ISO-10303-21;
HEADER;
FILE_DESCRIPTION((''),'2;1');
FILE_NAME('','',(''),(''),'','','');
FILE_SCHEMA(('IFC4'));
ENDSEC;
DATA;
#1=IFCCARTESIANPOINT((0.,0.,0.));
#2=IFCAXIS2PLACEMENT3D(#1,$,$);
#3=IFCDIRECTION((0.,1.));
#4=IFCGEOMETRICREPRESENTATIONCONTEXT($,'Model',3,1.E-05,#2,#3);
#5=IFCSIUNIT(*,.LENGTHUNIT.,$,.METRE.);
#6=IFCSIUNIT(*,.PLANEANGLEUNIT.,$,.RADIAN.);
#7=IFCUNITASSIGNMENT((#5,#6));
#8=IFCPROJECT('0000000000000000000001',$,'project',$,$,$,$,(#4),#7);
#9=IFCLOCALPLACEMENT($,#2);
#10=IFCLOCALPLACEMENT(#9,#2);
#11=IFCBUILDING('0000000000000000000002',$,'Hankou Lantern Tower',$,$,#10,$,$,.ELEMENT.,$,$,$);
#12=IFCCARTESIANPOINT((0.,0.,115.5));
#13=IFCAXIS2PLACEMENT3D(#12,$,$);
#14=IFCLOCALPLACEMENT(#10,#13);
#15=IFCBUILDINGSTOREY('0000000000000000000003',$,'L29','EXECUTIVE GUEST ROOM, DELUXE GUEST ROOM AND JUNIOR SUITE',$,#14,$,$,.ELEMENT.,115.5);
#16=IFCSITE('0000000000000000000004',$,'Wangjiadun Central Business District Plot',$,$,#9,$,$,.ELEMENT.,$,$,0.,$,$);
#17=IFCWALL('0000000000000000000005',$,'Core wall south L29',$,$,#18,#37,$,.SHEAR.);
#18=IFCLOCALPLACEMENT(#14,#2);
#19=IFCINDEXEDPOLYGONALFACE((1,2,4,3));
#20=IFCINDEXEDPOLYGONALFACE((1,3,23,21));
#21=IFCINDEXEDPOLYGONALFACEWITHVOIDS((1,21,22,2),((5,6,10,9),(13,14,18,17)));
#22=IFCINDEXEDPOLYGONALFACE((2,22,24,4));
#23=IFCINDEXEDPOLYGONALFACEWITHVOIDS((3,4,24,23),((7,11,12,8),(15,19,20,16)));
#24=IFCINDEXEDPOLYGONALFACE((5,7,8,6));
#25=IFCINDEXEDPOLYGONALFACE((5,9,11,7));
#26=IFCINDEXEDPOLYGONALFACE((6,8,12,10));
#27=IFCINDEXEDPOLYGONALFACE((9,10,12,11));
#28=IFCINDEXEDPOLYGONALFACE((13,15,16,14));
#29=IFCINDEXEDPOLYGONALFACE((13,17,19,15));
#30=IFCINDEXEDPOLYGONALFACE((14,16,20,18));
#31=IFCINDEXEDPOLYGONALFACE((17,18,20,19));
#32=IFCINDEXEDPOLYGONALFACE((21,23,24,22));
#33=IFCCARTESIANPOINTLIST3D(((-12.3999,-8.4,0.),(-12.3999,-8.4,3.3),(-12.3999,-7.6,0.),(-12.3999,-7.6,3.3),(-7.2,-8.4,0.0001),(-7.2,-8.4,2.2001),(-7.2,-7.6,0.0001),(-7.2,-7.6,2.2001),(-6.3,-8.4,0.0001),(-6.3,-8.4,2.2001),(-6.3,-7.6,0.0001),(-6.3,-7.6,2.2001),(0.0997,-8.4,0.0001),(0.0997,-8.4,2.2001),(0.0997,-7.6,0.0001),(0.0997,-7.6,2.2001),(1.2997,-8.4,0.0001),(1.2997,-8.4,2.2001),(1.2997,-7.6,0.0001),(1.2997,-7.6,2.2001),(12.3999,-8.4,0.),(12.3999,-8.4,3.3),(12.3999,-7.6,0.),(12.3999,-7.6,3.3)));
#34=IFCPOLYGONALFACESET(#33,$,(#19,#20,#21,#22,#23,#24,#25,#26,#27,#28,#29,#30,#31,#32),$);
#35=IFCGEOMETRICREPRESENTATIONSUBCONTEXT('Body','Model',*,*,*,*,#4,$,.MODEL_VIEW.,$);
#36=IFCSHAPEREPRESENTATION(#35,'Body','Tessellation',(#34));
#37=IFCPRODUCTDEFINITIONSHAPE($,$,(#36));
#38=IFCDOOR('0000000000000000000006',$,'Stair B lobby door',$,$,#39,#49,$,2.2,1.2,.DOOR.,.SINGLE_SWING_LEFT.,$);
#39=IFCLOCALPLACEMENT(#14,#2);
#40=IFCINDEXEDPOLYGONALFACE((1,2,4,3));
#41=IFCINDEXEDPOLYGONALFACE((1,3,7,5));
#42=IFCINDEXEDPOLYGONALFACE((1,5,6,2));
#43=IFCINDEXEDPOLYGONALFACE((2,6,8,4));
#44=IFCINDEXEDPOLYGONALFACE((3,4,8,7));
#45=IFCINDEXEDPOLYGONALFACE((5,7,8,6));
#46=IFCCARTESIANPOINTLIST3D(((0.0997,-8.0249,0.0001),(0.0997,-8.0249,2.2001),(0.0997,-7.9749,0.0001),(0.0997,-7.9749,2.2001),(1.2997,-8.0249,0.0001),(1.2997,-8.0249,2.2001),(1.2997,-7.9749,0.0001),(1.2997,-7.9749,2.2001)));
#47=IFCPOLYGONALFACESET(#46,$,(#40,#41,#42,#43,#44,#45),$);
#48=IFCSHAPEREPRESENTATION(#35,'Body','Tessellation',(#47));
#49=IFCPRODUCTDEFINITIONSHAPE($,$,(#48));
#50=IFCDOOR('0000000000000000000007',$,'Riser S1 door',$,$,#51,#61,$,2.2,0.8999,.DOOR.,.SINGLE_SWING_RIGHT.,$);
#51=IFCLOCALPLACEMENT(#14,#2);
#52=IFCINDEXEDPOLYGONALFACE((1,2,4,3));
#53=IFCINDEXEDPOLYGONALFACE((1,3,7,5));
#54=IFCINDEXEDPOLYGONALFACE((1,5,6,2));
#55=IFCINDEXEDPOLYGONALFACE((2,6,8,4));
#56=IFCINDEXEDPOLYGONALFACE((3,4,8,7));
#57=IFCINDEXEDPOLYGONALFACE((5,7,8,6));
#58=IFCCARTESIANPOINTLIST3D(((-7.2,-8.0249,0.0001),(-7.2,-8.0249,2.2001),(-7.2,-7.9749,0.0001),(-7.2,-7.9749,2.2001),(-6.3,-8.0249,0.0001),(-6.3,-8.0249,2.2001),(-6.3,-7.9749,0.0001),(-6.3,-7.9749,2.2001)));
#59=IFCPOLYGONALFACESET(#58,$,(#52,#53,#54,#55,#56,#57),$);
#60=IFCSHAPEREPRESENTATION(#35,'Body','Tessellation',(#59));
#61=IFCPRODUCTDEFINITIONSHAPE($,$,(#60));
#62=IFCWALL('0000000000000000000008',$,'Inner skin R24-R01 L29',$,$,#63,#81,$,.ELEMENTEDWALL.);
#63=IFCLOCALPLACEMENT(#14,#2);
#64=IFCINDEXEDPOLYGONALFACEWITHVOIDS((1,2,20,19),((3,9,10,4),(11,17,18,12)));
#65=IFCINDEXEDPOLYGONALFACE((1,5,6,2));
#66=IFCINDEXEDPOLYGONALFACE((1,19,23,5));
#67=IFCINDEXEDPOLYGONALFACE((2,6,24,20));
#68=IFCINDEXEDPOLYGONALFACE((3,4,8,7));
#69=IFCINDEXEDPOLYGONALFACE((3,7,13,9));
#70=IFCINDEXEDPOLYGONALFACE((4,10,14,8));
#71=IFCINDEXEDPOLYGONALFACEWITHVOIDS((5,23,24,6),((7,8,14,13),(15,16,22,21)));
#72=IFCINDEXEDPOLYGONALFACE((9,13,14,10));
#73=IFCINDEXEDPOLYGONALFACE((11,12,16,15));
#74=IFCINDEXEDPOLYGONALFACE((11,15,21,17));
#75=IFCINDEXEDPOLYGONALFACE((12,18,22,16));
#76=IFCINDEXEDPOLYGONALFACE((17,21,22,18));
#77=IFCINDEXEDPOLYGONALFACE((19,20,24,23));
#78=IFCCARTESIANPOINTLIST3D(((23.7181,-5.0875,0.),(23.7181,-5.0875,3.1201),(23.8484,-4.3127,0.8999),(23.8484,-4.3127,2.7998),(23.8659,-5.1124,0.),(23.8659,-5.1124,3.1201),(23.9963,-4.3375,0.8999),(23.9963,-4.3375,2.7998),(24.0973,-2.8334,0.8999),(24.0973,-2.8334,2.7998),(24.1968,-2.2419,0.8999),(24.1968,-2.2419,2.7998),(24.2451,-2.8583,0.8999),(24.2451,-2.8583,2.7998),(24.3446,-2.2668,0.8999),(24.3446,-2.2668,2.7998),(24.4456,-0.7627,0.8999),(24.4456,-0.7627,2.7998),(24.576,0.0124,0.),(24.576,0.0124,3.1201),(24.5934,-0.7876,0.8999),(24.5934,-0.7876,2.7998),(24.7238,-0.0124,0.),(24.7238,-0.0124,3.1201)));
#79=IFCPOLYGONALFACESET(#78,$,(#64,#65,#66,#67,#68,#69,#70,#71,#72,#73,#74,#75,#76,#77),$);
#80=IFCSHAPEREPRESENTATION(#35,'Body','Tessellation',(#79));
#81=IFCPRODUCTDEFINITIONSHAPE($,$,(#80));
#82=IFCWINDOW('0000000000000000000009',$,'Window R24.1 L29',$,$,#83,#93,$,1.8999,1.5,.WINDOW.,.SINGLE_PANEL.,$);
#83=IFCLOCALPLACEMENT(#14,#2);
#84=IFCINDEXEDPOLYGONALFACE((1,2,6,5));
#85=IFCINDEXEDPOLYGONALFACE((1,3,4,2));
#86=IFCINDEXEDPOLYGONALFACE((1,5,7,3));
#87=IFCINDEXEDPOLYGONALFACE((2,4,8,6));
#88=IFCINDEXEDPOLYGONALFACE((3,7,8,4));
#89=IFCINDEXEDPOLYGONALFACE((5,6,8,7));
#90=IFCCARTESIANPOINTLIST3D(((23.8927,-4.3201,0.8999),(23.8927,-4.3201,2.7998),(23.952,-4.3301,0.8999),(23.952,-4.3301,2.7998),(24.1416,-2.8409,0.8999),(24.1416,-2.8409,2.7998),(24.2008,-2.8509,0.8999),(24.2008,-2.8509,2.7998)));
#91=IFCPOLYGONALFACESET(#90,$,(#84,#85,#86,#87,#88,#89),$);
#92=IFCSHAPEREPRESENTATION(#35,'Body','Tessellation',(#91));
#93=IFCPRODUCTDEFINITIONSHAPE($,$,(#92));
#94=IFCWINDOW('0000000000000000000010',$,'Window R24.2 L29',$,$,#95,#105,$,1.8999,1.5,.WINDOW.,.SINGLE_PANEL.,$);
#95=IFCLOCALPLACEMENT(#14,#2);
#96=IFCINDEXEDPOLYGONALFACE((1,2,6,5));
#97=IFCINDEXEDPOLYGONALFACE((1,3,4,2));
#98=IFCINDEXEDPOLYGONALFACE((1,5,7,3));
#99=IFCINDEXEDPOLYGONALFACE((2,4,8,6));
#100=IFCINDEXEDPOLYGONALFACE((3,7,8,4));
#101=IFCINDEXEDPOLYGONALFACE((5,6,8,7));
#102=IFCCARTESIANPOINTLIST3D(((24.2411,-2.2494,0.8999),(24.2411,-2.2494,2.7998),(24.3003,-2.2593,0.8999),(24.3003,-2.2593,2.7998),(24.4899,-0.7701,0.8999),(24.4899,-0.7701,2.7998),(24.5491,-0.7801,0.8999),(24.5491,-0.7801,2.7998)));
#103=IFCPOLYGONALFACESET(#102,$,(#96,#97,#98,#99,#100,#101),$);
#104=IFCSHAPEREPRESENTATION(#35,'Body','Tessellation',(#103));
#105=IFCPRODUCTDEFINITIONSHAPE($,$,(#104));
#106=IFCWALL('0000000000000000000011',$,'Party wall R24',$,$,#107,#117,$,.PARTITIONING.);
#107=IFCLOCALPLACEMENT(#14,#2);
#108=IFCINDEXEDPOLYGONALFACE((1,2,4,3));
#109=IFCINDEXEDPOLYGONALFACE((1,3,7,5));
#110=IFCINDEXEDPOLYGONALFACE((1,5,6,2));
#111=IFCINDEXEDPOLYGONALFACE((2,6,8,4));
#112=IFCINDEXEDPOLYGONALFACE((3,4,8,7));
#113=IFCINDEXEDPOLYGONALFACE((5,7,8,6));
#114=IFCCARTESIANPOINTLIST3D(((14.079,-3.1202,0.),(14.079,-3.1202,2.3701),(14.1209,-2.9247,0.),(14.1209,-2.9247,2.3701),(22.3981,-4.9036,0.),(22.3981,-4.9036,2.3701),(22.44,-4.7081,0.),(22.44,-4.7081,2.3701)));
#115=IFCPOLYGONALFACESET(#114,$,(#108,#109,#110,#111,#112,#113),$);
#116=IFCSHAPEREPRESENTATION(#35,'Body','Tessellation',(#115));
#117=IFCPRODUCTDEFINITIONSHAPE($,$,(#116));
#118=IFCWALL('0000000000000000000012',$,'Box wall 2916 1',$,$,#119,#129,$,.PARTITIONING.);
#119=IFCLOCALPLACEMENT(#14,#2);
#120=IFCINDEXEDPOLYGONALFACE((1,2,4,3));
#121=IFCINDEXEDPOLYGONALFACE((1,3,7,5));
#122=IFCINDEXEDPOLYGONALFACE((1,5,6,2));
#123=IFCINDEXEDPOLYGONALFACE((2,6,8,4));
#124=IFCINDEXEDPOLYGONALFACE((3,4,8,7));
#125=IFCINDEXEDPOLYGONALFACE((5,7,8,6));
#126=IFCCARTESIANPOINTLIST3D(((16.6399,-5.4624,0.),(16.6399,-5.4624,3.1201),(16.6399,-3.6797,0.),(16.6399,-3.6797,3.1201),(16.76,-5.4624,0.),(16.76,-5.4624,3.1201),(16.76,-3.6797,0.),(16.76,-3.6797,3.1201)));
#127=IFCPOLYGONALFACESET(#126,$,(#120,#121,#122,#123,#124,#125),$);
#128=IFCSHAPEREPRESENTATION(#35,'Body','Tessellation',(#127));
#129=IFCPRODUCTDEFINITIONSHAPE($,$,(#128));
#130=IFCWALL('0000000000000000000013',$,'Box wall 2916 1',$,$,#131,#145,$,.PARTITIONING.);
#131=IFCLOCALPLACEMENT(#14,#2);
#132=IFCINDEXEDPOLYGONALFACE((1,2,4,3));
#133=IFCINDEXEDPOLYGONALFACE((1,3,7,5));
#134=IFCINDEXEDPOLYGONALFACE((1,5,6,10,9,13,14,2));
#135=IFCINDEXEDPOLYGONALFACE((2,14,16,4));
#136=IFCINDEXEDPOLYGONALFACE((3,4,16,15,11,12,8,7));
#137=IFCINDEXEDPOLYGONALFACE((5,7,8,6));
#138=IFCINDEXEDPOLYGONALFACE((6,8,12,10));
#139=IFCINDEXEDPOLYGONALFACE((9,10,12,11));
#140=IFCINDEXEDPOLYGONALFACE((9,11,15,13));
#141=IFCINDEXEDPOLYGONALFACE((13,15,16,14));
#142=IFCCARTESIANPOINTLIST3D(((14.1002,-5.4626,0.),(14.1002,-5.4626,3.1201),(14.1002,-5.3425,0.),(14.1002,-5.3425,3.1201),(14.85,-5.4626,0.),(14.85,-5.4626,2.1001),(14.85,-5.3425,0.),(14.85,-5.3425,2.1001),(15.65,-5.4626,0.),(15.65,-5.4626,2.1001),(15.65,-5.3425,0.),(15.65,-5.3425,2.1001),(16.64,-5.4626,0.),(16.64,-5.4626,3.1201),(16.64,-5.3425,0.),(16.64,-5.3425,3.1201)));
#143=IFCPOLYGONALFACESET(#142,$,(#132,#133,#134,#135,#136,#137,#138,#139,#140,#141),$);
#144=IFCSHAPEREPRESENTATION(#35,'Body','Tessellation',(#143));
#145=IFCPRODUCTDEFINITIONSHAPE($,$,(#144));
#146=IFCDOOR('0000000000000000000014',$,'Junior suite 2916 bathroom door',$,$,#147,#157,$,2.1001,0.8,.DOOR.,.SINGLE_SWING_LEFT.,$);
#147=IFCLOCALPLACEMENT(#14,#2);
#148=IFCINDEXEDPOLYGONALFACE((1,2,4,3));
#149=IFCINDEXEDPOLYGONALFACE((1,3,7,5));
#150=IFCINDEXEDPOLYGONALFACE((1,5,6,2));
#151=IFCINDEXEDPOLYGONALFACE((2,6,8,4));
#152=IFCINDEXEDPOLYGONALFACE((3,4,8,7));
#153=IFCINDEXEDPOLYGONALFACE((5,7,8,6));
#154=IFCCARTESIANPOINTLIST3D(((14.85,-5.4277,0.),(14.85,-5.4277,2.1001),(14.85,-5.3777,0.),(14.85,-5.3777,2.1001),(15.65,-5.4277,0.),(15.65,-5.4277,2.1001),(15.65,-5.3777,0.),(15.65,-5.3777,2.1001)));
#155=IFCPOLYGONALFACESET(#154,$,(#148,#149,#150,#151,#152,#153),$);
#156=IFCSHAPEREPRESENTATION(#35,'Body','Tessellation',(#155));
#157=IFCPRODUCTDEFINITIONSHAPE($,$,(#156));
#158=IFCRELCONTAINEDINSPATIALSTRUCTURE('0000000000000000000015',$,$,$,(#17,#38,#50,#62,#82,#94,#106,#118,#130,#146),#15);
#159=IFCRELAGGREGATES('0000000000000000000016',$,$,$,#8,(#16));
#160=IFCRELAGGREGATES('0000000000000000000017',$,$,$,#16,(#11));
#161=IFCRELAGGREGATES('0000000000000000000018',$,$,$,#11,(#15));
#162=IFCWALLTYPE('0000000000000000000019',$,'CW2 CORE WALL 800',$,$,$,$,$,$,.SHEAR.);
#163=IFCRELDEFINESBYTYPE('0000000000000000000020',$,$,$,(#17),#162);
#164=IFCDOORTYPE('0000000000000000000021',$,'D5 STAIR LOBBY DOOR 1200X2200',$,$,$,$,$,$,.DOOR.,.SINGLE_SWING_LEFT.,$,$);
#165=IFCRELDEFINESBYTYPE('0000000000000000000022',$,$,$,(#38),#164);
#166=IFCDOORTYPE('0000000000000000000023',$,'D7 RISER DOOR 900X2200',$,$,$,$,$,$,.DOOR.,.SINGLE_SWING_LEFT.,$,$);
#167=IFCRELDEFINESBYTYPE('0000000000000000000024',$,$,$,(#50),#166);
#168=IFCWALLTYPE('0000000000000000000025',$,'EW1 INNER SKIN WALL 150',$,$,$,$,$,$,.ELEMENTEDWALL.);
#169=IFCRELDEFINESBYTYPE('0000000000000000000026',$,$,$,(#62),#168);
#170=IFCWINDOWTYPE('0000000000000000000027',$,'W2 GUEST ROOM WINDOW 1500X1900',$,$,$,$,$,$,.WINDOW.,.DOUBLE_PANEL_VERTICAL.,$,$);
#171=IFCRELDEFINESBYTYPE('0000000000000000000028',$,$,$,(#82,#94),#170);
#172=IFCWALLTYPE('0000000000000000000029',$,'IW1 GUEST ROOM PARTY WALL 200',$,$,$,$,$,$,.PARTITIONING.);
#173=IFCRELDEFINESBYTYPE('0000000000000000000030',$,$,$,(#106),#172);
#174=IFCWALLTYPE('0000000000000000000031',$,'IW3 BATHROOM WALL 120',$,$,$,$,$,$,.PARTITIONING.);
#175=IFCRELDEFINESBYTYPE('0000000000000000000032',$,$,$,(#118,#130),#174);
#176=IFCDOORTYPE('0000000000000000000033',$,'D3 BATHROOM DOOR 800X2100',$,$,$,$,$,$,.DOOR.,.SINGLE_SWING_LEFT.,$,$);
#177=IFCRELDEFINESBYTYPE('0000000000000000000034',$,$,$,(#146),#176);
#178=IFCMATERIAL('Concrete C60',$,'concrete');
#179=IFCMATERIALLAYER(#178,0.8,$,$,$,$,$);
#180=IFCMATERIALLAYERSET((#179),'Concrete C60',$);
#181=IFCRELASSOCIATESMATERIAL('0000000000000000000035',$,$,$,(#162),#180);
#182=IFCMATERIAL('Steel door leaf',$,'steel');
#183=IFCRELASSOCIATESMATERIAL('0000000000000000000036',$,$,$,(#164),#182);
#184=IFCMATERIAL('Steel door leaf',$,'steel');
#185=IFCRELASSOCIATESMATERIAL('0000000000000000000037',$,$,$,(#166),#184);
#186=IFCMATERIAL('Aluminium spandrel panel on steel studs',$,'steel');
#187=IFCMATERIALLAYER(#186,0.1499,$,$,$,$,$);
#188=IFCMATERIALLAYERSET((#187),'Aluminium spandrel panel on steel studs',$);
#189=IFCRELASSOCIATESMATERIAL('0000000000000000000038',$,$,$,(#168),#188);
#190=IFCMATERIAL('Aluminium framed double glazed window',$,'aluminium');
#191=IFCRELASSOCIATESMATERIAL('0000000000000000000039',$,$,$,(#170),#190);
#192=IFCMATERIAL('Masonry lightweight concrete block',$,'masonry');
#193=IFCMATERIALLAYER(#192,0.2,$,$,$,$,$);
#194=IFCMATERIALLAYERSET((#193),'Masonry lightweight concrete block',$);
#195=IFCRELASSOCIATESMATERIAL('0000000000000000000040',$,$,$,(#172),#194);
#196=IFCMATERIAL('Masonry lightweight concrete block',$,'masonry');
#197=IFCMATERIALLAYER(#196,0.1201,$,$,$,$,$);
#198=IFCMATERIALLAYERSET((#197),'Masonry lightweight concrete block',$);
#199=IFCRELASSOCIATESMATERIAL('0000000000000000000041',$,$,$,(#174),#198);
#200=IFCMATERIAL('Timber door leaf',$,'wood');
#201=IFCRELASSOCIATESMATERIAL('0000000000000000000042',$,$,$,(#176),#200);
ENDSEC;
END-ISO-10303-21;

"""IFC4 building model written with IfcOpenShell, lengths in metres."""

from ifc_helpers import new_model, si_unit, direction, frame, frame_2d, origin, place, context, subcontext, project, spatial, rectangle, extrude, material, layer, layer_set, type_object, element, fill, save


model = new_model("IFC4")

# Units and contexts
model_context = context("Model", 3, precision=1e-05, world=origin(), true_north=direction((0.0, 1.0)))
body_context = subcontext(model_context, "Body", "Model", "MODEL_VIEW")
ifc_project = project(units=[si_unit("LENGTHUNIT", "METRE"), si_unit("PLANEANGLEUNIT", "RADIAN")], contexts=[model_context])

# Site, building, storey
site_placement = place(None, origin())
site = spatial("IfcSite", under=ifc_project, at=site_placement, Name="Wangjiadun Central Business District Plot", CompositionType="ELEMENT", RefElevation=0.0)
building_placement = place(site_placement, origin())
building = spatial("IfcBuilding", under=site, at=building_placement, Name="Hankou Lantern Tower", CompositionType="ELEMENT")
storey_placement = place(building_placement, frame((0.0, 0.0, 115.5)))
storey = spatial("IfcBuildingStorey", under=building, at=storey_placement, Name="L29", Description="EXECUTIVE GUEST ROOM, DELUXE GUEST ROOM AND JUNIOR SUITE", CompositionType="ELEMENT", Elevation=115.5)

# Wall, openings, doors
ifc_material_1 = material(Name="Concrete C60", Category="concrete")
ifc_layer_1 = layer(ifc_material_1, 0.8)
ifc_layer_set_1 = layer_set([ifc_layer_1], Name="Concrete C60")
wall_type_1 = type_object("IfcWallType", Name="CW2 CORE WALL 800", PredefinedType="SHEAR", material=ifc_layer_set_1)
wall_1_placement = place(storey_placement, frame((12.3999, -8.0, 0.0), z_axis=(0.0, 0.0, 1.0), x_axis=(-1.0, 0.0, 0.0)))
wall_1 = element("IfcWall", 1, at=wall_1_placement, inside=storey, type_object=wall_type_1, Name="Core wall south L29", PredefinedType="SHEAR", context=body_context, shape_type="SweptSolid", body=[
    extrude(rectangle(XDim=24.7998, YDim=0.8, at=frame_2d((12.3999, 0.0))), origin(), (0.0, 0.0, 1.0), 3.3),
])
opening_1_placement = place(wall_1_placement, frame((11.1001, 0.0, 0.0)))
opening_1 = element("IfcOpeningElement", 2, at=opening_1_placement, cuts=wall_1, PredefinedType="OPENING", context=body_context, shape_type="SweptSolid", body=[
    extrude(rectangle(XDim=1.2, YDim=2.2, at=frame_2d((0.6001, 1.1001))), frame((0.0, 0.4099, 0.0), z_axis=(0.0, -1.0, 0.0), x_axis=(1.0, 0.0, 0.0)), (0.0, 0.0, 1.0), 0.8201),
])
opening_2_placement = place(wall_1_placement, frame((18.7, 0.0, 0.0)))
opening_2 = element("IfcOpeningElement", 3, at=opening_2_placement, cuts=wall_1, PredefinedType="OPENING", context=body_context, shape_type="SweptSolid", body=[
    extrude(rectangle(XDim=0.8999, YDim=2.2, at=frame_2d((0.45, 1.1001))), frame((0.0, 0.4099, 0.0), z_axis=(0.0, -1.0, 0.0), x_axis=(1.0, 0.0, 0.0)), (0.0, 0.0, 1.0), 0.8201),
])
ifc_material_2 = material(Name="Steel door leaf", Category="steel")
door_type_1 = type_object("IfcDoorType", Name="D5 STAIR LOBBY DOOR 1200X2200", OperationType="SINGLE_SWING_LEFT", PredefinedType="DOOR", material=ifc_material_2)
door_1_placement = place(opening_1_placement, origin())
door_1 = element("IfcDoor", 4, at=door_1_placement, inside=storey, type_object=door_type_1, Name="Stair B lobby door", OperationType="SINGLE_SWING_LEFT", OverallHeight=2.2, OverallWidth=1.2, PredefinedType="DOOR", context=body_context, shape_type="SweptSolid", body=[
    extrude(rectangle(XDim=1.2, YDim=2.2, at=frame_2d((0.6001, 1.1001))), frame((0.0, 0.0249, 0.0), z_axis=(0.0, -1.0, 0.0), x_axis=(1.0, 0.0, 0.0)), (0.0, 0.0, 1.0), 0.05),
])
fill(opening_1, door_1)
ifc_material_3 = material(Name="Steel door leaf", Category="steel")
door_type_2 = type_object("IfcDoorType", Name="D7 RISER DOOR 900X2200", OperationType="SINGLE_SWING_LEFT", PredefinedType="DOOR", material=ifc_material_3)
door_2_placement = place(opening_2_placement, origin())
door_2 = element("IfcDoor", 5, at=door_2_placement, inside=storey, type_object=door_type_2, Name="Riser S1 door", OperationType="SINGLE_SWING_RIGHT", OverallHeight=2.2, OverallWidth=0.8999, PredefinedType="DOOR", context=body_context, shape_type="SweptSolid", body=[
    extrude(rectangle(XDim=0.8999, YDim=2.2, at=frame_2d((0.45, 1.1001))), frame((0.0, 0.0249, 0.0), z_axis=(0.0, -1.0, 0.0), x_axis=(1.0, 0.0, 0.0)), (0.0, 0.0, 1.0), 0.05),
])
fill(opening_2, door_2)

# Wall, openings, windows
ifc_material_4 = material(Name="Aluminium spandrel panel on steel studs", Category="steel")
ifc_layer_2 = layer(ifc_material_4, 0.1499)
ifc_layer_set_2 = layer_set([ifc_layer_2], Name="Aluminium spandrel panel on steel studs")
wall_type_2 = type_object("IfcWallType", Name="EW1 INNER SKIN WALL 150", PredefinedType="ELEMENTEDWALL", material=ifc_layer_set_2)
wall_2_placement = place(storey_placement, frame((23.792, -5.1001, 0.0), z_axis=(0.0, 0.0, 1.0), x_axis=(0.165884, 0.986145, 0.0)))
wall_2 = element("IfcWall", 6, at=wall_2_placement, inside=storey, type_object=wall_type_2, Name="Inner skin R24-R01 L29", PredefinedType="ELEMENTEDWALL", context=body_context, shape_type="SweptSolid", body=[
    extrude(rectangle(XDim=5.1716, YDim=0.1499, at=frame_2d((2.5859, 0.0))), origin(), (0.0, 0.0, 1.0), 3.1201),
])
opening_3_placement = place(wall_2_placement, frame((0.7859, 0.0, 0.8999)))
opening_3 = element("IfcOpeningElement", 7, at=opening_3_placement, cuts=wall_2, PredefinedType="OPENING", context=body_context, shape_type="SweptSolid", body=[
    extrude(rectangle(XDim=1.5, YDim=1.8999, at=frame_2d((0.75, 0.95))), frame((0.0, 0.085, 0.0), z_axis=(0.0, -1.0, 0.0), x_axis=(1.0, 0.0, 0.0)), (0.0, 0.0, 1.0), 0.1699),
])
opening_4_placement = place(wall_2_placement, frame((2.8857, 0.0, 0.8999)))
opening_4 = element("IfcOpeningElement", 8, at=opening_4_placement, cuts=wall_2, PredefinedType="OPENING", context=body_context, shape_type="SweptSolid", body=[
    extrude(rectangle(XDim=1.5, YDim=1.8999, at=frame_2d((0.75, 0.95))), frame((0.0, 0.085, 0.0), z_axis=(0.0, -1.0, 0.0), x_axis=(1.0, 0.0, 0.0)), (0.0, 0.0, 1.0), 0.1699),
])
ifc_material_5 = material(Name="Aluminium framed double glazed window", Category="aluminium")
window_type = type_object("IfcWindowType", Name="W2 GUEST ROOM WINDOW 1500X1900", PartitioningType="DOUBLE_PANEL_VERTICAL", PredefinedType="WINDOW", material=ifc_material_5)
window_1_placement = place(opening_3_placement, origin())
window_1 = element("IfcWindow", 9, at=window_1_placement, inside=storey, type_object=window_type, Name="Window R24.1 L29", OverallHeight=1.8999, OverallWidth=1.5, PartitioningType="SINGLE_PANEL", PredefinedType="WINDOW", context=body_context, shape_type="SweptSolid", body=[
    extrude(rectangle(XDim=1.5, YDim=1.8999, at=frame_2d((0.75, 0.95))), frame((0.0, 0.03, 0.0), z_axis=(0.0, -1.0, 0.0), x_axis=(1.0, 0.0, 0.0)), (0.0, 0.0, 1.0), 0.0601),
])
fill(opening_3, window_1)
window_2_placement = place(opening_4_placement, origin())
window_2 = element("IfcWindow", 10, at=window_2_placement, inside=storey, type_object=window_type, Name="Window R24.2 L29", OverallHeight=1.8999, OverallWidth=1.5, PartitioningType="SINGLE_PANEL", PredefinedType="WINDOW", context=body_context, shape_type="SweptSolid", body=[
    extrude(rectangle(XDim=1.5, YDim=1.8999, at=frame_2d((0.75, 0.95))), frame((0.0, 0.03, 0.0), z_axis=(0.0, -1.0, 0.0), x_axis=(1.0, 0.0, 0.0)), (0.0, 0.0, 1.0), 0.0601),
])
fill(opening_4, window_2)

# Walls
ifc_material_6 = material(Name="Masonry lightweight concrete block", Category="masonry")
ifc_layer_3 = layer(ifc_material_6, 0.2)
ifc_layer_set_3 = layer_set([ifc_layer_3], Name="Masonry lightweight concrete block")
wall_type_3 = type_object("IfcWallType", Name="IW1 GUEST ROOM PARTY WALL 200", PredefinedType="PARTITIONING", material=ifc_layer_set_3)
wall_3_placement = place(storey_placement, frame((14.1001, -3.0225, 0.0), z_axis=(0.0, 0.0, 1.0), x_axis=(0.977784, -0.209617, 0.0)))
element("IfcWall", 11, at=wall_3_placement, inside=storey, type_object=wall_type_3, Name="Party wall R24", PredefinedType="PARTITIONING", context=body_context, shape_type="SweptSolid", body=[
    extrude(rectangle(XDim=8.5081, YDim=0.2, at=frame_2d((4.2539, 0.0))), origin(), (0.0, 0.0, 1.0), 2.3701),
])
ifc_material_7 = material(Name="Masonry lightweight concrete block", Category="masonry")
ifc_layer_4 = layer(ifc_material_7, 0.1201)
ifc_layer_set_4 = layer_set([ifc_layer_4], Name="Masonry lightweight concrete block")
wall_type_4 = type_object("IfcWallType", Name="IW3 BATHROOM WALL 120", PredefinedType="PARTITIONING", material=ifc_layer_set_4)
wall_4_placement = place(storey_placement, frame((16.7, -3.6797, 0.0), z_axis=(0.0, 0.0, 1.0), x_axis=(0.0, -1.0, 0.0)))
element("IfcWall", 12, at=wall_4_placement, inside=storey, type_object=wall_type_4, Name="Box wall 2916 1", PredefinedType="PARTITIONING", context=body_context, shape_type="SweptSolid", body=[
    extrude(rectangle(XDim=1.7827, YDim=0.1201, at=frame_2d((0.8914, 0.0))), origin(), (0.0, 0.0, 1.0), 3.1201),
])

# Wall, opening, door
wall_5_placement = place(storey_placement, frame((14.1001, -5.4026, 0.0), z_axis=(0.0, 0.0, 1.0), x_axis=(1.0, 0.0, 0.0)))
wall_5 = element("IfcWall", 13, at=wall_5_placement, inside=storey, type_object=wall_type_4, Name="Box wall 2916 1", PredefinedType="PARTITIONING", context=body_context, shape_type="SweptSolid", body=[
    extrude(rectangle(XDim=2.5398, YDim=0.1201, at=frame_2d((1.27, 0.0))), origin(), (0.0, 0.0, 1.0), 3.1201),
])
opening_5_placement = place(wall_5_placement, frame((0.75, 0.0, 0.0)))
opening_5 = element("IfcOpeningElement", 14, at=opening_5_placement, cuts=wall_5, PredefinedType="OPENING", context=body_context, shape_type="SweptSolid", body=[
    extrude(rectangle(XDim=0.8, YDim=2.1001, at=frame_2d((0.3999, 1.05))), frame((0.0, 0.0701, 0.0), z_axis=(0.0, -1.0, 0.0), x_axis=(1.0, 0.0, 0.0)), (0.0, 0.0, 1.0), 0.1401),
])
ifc_material_8 = material(Name="Timber door leaf", Category="wood")
door_type_3 = type_object("IfcDoorType", Name="D3 BATHROOM DOOR 800X2100", OperationType="SINGLE_SWING_LEFT", PredefinedType="DOOR", material=ifc_material_8)
door_3_placement = place(opening_5_placement, origin())
door_3 = element("IfcDoor", 15, at=door_3_placement, inside=storey, type_object=door_type_3, Name="Junior suite 2916 bathroom door", OperationType="SINGLE_SWING_LEFT", OverallHeight=2.1001, OverallWidth=0.8, PredefinedType="DOOR", context=body_context, shape_type="SweptSolid", body=[
    extrude(rectangle(XDim=0.8, YDim=2.1001, at=frame_2d((0.3999, 1.05))), frame((0.0, 0.0249, 0.0), z_axis=(0.0, -1.0, 0.0), x_axis=(1.0, 0.0, 0.0)), (0.0, 0.0, 1.0), 0.05),
])
fill(opening_5, door_3)

save(model, "model.ifc")
